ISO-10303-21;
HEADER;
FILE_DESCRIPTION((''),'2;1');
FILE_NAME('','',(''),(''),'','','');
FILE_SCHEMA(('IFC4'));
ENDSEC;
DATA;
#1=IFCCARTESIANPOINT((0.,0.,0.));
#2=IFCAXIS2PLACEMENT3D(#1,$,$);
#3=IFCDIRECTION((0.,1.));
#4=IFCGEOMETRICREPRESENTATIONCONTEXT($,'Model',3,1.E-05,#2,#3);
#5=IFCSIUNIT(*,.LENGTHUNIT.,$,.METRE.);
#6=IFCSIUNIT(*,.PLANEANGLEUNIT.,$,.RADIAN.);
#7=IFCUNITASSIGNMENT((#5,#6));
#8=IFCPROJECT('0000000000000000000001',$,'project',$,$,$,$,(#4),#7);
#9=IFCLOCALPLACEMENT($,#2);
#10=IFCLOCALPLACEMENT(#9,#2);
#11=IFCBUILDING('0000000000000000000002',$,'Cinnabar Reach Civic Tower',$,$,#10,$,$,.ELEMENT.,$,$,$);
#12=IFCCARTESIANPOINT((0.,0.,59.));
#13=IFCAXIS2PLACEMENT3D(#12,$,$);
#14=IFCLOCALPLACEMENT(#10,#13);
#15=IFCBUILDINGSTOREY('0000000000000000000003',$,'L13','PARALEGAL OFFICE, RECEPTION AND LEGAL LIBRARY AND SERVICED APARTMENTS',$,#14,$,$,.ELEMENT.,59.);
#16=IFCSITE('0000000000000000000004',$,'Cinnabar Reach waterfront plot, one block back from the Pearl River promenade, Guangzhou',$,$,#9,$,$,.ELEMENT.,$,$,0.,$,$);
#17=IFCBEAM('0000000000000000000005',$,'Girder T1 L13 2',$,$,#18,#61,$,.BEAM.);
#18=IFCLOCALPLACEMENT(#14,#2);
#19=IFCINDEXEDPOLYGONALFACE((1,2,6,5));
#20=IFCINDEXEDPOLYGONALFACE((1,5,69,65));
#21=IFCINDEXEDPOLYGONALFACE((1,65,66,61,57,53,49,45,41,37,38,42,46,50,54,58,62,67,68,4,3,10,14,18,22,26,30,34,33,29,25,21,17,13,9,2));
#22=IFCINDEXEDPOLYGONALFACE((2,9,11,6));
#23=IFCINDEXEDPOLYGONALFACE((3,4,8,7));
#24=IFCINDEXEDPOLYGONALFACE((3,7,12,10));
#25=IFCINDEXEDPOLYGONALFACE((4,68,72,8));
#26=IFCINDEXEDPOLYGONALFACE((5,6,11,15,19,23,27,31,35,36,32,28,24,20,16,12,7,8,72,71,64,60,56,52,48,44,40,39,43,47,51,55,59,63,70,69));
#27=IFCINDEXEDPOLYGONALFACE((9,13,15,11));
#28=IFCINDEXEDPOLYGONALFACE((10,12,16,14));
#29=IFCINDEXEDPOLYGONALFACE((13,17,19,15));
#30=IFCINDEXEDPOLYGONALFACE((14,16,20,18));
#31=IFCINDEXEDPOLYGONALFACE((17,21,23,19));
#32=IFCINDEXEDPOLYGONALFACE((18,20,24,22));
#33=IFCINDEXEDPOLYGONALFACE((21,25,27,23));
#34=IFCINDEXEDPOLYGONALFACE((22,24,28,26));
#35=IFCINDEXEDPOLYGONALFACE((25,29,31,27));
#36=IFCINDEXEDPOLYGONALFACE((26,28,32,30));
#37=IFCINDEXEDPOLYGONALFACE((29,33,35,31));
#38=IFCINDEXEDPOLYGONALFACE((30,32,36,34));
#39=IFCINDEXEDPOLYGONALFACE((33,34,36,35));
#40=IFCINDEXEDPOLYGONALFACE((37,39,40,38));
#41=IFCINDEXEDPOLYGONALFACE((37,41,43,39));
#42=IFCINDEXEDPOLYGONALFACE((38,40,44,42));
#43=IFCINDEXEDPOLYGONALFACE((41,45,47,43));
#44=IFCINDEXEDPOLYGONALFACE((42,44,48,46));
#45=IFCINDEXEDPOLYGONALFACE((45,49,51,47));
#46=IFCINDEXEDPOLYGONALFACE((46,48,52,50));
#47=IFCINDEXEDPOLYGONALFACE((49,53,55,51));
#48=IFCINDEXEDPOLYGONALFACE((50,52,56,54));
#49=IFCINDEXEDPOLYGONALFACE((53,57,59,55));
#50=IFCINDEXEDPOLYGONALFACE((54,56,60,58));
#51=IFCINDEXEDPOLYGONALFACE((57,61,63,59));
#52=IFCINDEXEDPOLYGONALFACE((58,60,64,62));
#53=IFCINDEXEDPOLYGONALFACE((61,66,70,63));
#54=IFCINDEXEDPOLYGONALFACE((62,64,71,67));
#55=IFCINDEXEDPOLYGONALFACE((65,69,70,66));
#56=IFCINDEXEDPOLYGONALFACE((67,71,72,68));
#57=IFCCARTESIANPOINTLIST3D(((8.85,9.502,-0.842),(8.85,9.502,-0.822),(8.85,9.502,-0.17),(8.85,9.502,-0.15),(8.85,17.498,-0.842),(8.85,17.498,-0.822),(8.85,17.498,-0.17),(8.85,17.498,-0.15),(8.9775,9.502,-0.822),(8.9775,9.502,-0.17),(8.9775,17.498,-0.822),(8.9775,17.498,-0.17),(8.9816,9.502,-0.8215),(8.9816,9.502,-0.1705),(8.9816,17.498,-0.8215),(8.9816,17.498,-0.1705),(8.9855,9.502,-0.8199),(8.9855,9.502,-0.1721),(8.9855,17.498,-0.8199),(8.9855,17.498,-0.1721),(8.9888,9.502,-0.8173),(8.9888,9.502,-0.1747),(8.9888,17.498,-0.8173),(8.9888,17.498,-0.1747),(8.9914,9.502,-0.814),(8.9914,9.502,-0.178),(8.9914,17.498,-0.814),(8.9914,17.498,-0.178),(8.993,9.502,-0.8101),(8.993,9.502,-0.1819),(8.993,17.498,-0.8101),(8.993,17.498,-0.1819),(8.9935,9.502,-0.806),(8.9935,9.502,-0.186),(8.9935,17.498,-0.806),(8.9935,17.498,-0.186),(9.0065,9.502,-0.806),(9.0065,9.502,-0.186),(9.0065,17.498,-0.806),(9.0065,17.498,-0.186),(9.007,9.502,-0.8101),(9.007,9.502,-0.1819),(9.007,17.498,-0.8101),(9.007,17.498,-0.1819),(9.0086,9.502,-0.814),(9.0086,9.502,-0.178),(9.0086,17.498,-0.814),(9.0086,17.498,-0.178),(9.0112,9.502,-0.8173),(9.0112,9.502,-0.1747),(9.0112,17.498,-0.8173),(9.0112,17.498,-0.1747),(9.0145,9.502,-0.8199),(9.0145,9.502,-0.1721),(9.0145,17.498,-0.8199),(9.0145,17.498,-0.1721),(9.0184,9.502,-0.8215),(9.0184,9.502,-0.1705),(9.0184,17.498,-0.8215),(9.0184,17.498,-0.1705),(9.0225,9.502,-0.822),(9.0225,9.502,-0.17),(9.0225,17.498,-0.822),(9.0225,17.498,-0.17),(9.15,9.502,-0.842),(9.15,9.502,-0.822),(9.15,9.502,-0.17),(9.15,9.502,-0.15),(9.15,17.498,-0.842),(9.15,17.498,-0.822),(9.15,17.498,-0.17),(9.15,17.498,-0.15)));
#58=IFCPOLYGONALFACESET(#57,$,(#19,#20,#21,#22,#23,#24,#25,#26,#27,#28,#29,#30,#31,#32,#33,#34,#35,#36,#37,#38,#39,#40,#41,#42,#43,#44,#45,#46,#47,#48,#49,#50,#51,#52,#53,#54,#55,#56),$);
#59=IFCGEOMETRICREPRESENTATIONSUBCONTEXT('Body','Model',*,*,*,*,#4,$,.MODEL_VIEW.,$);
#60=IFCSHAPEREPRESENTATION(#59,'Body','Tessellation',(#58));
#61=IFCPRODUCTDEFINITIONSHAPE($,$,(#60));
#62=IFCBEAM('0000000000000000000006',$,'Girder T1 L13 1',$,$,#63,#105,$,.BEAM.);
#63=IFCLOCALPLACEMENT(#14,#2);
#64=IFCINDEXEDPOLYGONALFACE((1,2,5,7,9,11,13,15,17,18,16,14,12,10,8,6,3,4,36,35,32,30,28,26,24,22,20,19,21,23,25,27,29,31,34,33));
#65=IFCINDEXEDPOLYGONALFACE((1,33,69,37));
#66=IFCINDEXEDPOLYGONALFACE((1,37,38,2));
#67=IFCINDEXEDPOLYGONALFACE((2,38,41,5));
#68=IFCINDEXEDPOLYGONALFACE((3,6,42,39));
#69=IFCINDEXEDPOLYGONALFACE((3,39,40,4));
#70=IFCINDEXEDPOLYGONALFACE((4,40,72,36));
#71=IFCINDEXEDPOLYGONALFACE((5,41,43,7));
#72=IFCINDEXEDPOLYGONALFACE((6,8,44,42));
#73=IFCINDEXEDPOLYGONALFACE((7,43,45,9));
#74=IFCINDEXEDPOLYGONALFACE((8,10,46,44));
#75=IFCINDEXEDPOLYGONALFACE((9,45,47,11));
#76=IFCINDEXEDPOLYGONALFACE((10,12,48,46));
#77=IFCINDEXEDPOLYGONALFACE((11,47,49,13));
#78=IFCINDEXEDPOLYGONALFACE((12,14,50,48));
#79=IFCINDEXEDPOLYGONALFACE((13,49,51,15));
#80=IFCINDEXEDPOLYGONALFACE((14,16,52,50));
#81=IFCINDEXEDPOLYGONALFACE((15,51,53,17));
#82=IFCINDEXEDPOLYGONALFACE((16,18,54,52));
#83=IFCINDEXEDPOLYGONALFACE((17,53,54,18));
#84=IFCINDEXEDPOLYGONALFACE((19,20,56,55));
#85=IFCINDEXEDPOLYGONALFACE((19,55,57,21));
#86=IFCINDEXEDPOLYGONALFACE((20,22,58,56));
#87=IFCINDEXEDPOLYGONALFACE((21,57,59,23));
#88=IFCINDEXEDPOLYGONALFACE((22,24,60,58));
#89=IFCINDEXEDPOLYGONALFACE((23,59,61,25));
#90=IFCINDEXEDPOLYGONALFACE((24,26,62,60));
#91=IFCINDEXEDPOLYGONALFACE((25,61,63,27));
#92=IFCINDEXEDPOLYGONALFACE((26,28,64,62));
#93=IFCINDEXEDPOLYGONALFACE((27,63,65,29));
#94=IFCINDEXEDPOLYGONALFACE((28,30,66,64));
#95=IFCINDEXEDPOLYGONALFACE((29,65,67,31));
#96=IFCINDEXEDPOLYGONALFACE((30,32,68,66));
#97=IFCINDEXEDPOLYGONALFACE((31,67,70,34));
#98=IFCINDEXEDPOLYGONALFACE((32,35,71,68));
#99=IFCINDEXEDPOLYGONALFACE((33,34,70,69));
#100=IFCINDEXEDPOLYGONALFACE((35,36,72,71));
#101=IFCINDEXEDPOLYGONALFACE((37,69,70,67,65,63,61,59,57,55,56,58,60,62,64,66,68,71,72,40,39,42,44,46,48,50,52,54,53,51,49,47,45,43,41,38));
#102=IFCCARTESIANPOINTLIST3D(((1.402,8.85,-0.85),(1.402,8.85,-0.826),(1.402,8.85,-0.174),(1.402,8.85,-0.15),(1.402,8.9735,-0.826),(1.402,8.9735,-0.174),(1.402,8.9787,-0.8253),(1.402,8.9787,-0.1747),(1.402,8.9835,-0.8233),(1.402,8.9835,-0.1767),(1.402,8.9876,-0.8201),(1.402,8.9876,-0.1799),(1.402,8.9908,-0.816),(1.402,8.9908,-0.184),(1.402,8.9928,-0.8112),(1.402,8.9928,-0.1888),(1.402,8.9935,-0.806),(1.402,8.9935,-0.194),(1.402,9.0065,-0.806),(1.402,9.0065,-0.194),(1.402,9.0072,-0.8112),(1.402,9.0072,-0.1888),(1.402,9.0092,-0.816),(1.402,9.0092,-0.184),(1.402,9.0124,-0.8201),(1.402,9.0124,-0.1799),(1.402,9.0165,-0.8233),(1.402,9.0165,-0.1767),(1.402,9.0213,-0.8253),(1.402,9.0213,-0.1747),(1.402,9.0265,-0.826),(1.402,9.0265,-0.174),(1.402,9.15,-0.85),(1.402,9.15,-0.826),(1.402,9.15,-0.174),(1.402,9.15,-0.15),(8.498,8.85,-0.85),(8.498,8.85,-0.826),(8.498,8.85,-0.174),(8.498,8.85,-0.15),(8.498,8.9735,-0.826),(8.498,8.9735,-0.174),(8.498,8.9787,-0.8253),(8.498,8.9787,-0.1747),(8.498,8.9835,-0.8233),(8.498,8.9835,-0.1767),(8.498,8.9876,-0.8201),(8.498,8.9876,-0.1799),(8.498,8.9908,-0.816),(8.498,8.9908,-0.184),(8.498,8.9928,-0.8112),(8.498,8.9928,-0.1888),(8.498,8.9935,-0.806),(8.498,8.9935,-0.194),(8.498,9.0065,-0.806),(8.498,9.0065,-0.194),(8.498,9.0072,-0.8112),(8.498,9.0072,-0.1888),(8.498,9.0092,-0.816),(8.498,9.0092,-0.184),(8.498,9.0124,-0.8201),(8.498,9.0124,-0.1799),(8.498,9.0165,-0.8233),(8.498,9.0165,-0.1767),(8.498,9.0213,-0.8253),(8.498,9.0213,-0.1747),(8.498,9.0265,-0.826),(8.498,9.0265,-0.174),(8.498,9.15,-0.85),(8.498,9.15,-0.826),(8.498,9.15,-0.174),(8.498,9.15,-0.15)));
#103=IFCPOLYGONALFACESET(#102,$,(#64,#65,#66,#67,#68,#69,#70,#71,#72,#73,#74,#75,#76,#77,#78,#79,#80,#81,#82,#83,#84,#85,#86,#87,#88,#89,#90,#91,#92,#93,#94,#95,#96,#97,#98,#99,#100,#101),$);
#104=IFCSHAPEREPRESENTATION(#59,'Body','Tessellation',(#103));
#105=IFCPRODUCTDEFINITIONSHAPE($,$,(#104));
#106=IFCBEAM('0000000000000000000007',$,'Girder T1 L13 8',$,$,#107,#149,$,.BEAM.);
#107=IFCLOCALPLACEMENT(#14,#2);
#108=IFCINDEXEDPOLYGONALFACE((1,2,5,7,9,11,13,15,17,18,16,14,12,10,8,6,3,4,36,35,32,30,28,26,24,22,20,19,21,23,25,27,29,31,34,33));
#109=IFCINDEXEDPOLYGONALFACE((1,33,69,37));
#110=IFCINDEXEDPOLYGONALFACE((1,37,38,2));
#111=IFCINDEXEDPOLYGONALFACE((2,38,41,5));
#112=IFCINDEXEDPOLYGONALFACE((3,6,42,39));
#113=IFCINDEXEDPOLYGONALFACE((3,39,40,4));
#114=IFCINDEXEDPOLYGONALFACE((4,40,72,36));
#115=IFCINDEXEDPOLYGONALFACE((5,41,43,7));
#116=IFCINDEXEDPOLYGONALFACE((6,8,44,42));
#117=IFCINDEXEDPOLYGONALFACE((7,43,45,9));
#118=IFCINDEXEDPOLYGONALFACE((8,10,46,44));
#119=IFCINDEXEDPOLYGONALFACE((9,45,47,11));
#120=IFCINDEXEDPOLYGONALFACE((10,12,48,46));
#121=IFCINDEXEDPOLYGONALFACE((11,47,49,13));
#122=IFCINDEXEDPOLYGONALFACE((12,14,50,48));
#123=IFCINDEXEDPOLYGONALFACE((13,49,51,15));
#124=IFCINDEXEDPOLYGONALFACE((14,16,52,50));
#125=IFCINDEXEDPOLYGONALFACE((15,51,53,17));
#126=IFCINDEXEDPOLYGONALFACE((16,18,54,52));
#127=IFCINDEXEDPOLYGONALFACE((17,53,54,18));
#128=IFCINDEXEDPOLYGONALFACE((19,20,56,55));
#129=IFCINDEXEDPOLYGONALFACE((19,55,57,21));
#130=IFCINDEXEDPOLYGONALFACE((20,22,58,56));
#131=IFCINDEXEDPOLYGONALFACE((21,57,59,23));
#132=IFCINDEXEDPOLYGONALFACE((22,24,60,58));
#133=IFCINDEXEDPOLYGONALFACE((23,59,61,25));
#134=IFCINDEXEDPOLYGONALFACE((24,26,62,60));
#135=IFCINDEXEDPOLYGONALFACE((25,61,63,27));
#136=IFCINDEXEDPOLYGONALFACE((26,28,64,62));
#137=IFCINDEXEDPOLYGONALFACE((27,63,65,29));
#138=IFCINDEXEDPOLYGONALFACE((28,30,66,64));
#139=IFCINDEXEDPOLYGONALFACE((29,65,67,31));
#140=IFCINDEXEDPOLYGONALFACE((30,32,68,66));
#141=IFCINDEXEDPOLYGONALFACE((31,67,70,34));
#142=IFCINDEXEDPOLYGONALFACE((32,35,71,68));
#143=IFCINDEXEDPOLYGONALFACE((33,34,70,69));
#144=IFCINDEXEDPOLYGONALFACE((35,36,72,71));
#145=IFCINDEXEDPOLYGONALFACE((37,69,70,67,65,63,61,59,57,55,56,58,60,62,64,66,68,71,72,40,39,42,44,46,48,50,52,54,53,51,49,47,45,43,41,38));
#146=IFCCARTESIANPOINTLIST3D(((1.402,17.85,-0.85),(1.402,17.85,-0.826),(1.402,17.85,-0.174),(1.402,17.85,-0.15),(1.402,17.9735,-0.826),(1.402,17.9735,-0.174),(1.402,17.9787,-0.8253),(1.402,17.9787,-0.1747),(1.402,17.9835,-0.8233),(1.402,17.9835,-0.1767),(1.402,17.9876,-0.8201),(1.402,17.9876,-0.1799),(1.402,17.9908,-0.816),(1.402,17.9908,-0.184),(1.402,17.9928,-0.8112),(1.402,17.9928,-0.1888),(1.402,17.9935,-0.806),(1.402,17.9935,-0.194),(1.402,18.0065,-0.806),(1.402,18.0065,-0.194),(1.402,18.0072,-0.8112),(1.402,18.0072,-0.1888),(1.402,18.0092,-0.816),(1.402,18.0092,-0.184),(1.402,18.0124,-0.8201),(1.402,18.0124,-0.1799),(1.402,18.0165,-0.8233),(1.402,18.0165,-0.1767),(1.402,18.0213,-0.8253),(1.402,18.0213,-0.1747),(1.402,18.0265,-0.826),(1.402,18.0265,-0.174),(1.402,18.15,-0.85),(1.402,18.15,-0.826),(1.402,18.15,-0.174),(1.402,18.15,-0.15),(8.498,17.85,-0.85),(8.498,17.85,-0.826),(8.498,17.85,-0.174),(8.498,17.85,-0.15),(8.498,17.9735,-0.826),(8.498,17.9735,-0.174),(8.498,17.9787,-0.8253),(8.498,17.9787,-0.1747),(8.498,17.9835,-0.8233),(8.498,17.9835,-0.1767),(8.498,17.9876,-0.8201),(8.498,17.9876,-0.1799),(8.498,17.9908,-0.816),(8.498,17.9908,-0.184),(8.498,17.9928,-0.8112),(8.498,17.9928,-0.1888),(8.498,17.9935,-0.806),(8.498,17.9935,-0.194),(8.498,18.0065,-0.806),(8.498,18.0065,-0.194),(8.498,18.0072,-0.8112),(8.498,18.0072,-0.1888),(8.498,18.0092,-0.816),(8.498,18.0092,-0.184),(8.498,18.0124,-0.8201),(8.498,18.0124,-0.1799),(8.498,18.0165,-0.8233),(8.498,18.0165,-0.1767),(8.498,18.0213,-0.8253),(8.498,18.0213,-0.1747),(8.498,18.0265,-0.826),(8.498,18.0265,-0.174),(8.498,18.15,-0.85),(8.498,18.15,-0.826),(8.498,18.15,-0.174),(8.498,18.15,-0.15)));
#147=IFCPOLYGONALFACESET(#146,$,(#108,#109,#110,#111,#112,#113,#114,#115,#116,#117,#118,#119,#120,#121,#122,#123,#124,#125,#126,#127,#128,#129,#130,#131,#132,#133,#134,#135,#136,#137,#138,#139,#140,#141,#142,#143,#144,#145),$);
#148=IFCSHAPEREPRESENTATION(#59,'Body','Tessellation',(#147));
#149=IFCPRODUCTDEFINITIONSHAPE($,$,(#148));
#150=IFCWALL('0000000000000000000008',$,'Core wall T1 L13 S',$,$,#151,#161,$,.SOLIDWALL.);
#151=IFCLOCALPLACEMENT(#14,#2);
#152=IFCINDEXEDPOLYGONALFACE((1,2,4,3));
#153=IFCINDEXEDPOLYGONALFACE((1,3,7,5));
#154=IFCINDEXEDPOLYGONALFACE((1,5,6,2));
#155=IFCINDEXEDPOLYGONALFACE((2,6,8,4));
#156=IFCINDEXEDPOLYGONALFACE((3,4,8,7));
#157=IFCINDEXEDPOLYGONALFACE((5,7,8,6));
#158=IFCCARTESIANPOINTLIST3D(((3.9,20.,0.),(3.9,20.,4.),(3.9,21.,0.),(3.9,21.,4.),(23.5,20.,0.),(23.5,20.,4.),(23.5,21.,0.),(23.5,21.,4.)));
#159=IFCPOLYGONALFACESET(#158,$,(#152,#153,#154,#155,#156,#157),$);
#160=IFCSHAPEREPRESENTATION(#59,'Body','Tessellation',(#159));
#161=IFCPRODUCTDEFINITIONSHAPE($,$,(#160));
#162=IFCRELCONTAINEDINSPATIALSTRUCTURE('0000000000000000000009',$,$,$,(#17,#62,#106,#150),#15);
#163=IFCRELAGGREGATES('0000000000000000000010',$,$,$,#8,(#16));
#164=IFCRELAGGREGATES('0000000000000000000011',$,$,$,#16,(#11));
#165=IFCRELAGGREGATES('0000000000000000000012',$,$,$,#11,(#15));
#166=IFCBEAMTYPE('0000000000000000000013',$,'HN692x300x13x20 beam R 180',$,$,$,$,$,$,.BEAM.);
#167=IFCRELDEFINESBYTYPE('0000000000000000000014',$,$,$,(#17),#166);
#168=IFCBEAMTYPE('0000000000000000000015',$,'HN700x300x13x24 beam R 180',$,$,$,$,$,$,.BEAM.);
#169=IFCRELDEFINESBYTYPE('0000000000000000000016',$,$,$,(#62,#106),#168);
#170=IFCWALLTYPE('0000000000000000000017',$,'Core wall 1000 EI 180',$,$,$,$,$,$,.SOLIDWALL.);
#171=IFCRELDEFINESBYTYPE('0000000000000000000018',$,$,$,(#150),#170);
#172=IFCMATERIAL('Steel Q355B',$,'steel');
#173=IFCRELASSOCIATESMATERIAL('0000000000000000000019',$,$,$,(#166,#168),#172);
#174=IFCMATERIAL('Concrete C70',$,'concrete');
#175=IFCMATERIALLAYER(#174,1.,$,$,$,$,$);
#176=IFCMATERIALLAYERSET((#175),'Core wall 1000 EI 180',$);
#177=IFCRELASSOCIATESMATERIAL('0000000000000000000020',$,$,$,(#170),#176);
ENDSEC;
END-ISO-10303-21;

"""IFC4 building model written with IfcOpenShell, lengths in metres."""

from ifc_helpers import new_model, si_unit, direction, frame, frame_2d, origin, origin_2d, place, context, subcontext, project, spatial, rectangle, i_section, extrude, material, layer, layer_set, material_profile, profile_set, type_object, element, save


model = new_model("IFC4")

# Units and contexts
model_context = context("Model", 3, precision=1e-05, world=origin(), true_north=direction((0.0, 1.0)))
body_context = subcontext(model_context, "Body", "Model", "MODEL_VIEW")
ifc_project = project(units=[si_unit("LENGTHUNIT", "METRE"), si_unit("PLANEANGLEUNIT", "RADIAN")], contexts=[model_context])

# Site, building, storey
site_placement = place(None, origin())
site = spatial("IfcSite", under=ifc_project, at=site_placement, Name="Cinnabar Reach waterfront plot, one block back from the Pearl River promenade, Guangzhou", CompositionType="ELEMENT", RefElevation=0.0)
building_placement = place(site_placement, origin())
building = spatial("IfcBuilding", under=site, at=building_placement, Name="Cinnabar Reach Civic Tower", CompositionType="ELEMENT")
storey_placement = place(building_placement, frame((0.0, 0.0, 59.0)))
storey = spatial("IfcBuildingStorey", under=building, at=storey_placement, Name="L13", Description="PARALEGAL OFFICE, RECEPTION AND LEGAL LIBRARY AND SERVICED APARTMENTS", CompositionType="ELEMENT", Elevation=59.0)

# Shared definitions
ifc_material_1 = material(Name="Concrete C70", Category="concrete")

# Beams
ifc_material_2 = material(Name="Steel Q355B", Category="steel")
ifc_material_profile_1 = material_profile(ifc_material_2, i_section(OverallWidth=0.3, OverallDepth=0.692, WebThickness=0.013, FlangeThickness=0.02, FilletRadius=0.016, at=origin_2d()), Name="HN692x300x13x20")
ifc_profile_set_1 = profile_set([ifc_material_profile_1], Name="Steel Q355B")
beam_type_1 = type_object("IfcBeamType", Name="HN692x300x13x20 beam R 180", PredefinedType="BEAM", material=ifc_profile_set_1)
beam_1_placement = place(storey_placement, frame((9.0, 9.502, -0.496), z_axis=(0.0, 1.0, 0.0), x_axis=(-1.0, 0.0, 0.0)))
element("IfcBeam", 1, at=beam_1_placement, inside=storey, type_object=beam_type_1, Name="Girder T1 L13 2", PredefinedType="BEAM", context=body_context, shape_type="SweptSolid", body=[
    extrude(i_section(OverallWidth=0.3, OverallDepth=0.692, WebThickness=0.013, FlangeThickness=0.02, FilletRadius=0.016, at=origin_2d()), origin(), (0.0, 0.0, 1.0), 7.996),
])
ifc_material_profile_2 = material_profile(ifc_material_2, i_section(OverallWidth=0.3, OverallDepth=0.7, WebThickness=0.013, FlangeThickness=0.024, FilletRadius=0.02, at=origin_2d()), Name="HN700x300x13x24")
ifc_profile_set_2 = profile_set([ifc_material_profile_2], Name="Steel Q355B")
beam_type_2 = type_object("IfcBeamType", Name="HN700x300x13x24 beam R 180", PredefinedType="BEAM", material=ifc_profile_set_2)
for number, where, z_axis, x_axis, name in (
    (2, (1.402, 9.0, -0.5), (1.0, 0.0, 0.0), (0.0, 1.0, 0.0), "Girder T1 L13 1"),
    (3, (1.402, 18.0, -0.5), (1.0, 0.0, 0.0), (0.0, 1.0, 0.0), "Girder T1 L13 8"),
):
    element("IfcBeam", number, at=place(storey_placement, frame(where, z_axis=z_axis, x_axis=x_axis)), inside=storey, type_object=beam_type_2, Name=name, PredefinedType="BEAM", context=body_context, shape_type="SweptSolid", body=[
        extrude(i_section(OverallWidth=0.3, OverallDepth=0.7, WebThickness=0.013, FlangeThickness=0.024, FilletRadius=0.02, at=origin_2d()), origin(), (0.0, 0.0, 1.0), 7.096),
    ])

# Wall
ifc_layer_1 = layer(ifc_material_1, 1.0)
ifc_layer_set_1 = layer_set([ifc_layer_1], Name="Core wall 1000 EI 180")
wall_type_1 = type_object("IfcWallType", Name="Core wall 1000 EI 180", PredefinedType="SOLIDWALL", material=ifc_layer_set_1)
wall_1_placement = place(storey_placement, frame((3.9, 20.5, 0.0), z_axis=(0.0, 0.0, 1.0), x_axis=(1.0, 0.0, 0.0)))
element("IfcWall", 4, at=wall_1_placement, inside=storey, type_object=wall_type_1, Name="Core wall T1 L13 S", PredefinedType="SOLIDWALL", context=body_context, shape_type="SweptSolid", body=[
    extrude(rectangle(XDim=19.6, YDim=1.0, at=frame_2d((9.8, 0.0))), origin(), (0.0, 0.0, 1.0), 4.0),
])

save(model, "model.ifc")
